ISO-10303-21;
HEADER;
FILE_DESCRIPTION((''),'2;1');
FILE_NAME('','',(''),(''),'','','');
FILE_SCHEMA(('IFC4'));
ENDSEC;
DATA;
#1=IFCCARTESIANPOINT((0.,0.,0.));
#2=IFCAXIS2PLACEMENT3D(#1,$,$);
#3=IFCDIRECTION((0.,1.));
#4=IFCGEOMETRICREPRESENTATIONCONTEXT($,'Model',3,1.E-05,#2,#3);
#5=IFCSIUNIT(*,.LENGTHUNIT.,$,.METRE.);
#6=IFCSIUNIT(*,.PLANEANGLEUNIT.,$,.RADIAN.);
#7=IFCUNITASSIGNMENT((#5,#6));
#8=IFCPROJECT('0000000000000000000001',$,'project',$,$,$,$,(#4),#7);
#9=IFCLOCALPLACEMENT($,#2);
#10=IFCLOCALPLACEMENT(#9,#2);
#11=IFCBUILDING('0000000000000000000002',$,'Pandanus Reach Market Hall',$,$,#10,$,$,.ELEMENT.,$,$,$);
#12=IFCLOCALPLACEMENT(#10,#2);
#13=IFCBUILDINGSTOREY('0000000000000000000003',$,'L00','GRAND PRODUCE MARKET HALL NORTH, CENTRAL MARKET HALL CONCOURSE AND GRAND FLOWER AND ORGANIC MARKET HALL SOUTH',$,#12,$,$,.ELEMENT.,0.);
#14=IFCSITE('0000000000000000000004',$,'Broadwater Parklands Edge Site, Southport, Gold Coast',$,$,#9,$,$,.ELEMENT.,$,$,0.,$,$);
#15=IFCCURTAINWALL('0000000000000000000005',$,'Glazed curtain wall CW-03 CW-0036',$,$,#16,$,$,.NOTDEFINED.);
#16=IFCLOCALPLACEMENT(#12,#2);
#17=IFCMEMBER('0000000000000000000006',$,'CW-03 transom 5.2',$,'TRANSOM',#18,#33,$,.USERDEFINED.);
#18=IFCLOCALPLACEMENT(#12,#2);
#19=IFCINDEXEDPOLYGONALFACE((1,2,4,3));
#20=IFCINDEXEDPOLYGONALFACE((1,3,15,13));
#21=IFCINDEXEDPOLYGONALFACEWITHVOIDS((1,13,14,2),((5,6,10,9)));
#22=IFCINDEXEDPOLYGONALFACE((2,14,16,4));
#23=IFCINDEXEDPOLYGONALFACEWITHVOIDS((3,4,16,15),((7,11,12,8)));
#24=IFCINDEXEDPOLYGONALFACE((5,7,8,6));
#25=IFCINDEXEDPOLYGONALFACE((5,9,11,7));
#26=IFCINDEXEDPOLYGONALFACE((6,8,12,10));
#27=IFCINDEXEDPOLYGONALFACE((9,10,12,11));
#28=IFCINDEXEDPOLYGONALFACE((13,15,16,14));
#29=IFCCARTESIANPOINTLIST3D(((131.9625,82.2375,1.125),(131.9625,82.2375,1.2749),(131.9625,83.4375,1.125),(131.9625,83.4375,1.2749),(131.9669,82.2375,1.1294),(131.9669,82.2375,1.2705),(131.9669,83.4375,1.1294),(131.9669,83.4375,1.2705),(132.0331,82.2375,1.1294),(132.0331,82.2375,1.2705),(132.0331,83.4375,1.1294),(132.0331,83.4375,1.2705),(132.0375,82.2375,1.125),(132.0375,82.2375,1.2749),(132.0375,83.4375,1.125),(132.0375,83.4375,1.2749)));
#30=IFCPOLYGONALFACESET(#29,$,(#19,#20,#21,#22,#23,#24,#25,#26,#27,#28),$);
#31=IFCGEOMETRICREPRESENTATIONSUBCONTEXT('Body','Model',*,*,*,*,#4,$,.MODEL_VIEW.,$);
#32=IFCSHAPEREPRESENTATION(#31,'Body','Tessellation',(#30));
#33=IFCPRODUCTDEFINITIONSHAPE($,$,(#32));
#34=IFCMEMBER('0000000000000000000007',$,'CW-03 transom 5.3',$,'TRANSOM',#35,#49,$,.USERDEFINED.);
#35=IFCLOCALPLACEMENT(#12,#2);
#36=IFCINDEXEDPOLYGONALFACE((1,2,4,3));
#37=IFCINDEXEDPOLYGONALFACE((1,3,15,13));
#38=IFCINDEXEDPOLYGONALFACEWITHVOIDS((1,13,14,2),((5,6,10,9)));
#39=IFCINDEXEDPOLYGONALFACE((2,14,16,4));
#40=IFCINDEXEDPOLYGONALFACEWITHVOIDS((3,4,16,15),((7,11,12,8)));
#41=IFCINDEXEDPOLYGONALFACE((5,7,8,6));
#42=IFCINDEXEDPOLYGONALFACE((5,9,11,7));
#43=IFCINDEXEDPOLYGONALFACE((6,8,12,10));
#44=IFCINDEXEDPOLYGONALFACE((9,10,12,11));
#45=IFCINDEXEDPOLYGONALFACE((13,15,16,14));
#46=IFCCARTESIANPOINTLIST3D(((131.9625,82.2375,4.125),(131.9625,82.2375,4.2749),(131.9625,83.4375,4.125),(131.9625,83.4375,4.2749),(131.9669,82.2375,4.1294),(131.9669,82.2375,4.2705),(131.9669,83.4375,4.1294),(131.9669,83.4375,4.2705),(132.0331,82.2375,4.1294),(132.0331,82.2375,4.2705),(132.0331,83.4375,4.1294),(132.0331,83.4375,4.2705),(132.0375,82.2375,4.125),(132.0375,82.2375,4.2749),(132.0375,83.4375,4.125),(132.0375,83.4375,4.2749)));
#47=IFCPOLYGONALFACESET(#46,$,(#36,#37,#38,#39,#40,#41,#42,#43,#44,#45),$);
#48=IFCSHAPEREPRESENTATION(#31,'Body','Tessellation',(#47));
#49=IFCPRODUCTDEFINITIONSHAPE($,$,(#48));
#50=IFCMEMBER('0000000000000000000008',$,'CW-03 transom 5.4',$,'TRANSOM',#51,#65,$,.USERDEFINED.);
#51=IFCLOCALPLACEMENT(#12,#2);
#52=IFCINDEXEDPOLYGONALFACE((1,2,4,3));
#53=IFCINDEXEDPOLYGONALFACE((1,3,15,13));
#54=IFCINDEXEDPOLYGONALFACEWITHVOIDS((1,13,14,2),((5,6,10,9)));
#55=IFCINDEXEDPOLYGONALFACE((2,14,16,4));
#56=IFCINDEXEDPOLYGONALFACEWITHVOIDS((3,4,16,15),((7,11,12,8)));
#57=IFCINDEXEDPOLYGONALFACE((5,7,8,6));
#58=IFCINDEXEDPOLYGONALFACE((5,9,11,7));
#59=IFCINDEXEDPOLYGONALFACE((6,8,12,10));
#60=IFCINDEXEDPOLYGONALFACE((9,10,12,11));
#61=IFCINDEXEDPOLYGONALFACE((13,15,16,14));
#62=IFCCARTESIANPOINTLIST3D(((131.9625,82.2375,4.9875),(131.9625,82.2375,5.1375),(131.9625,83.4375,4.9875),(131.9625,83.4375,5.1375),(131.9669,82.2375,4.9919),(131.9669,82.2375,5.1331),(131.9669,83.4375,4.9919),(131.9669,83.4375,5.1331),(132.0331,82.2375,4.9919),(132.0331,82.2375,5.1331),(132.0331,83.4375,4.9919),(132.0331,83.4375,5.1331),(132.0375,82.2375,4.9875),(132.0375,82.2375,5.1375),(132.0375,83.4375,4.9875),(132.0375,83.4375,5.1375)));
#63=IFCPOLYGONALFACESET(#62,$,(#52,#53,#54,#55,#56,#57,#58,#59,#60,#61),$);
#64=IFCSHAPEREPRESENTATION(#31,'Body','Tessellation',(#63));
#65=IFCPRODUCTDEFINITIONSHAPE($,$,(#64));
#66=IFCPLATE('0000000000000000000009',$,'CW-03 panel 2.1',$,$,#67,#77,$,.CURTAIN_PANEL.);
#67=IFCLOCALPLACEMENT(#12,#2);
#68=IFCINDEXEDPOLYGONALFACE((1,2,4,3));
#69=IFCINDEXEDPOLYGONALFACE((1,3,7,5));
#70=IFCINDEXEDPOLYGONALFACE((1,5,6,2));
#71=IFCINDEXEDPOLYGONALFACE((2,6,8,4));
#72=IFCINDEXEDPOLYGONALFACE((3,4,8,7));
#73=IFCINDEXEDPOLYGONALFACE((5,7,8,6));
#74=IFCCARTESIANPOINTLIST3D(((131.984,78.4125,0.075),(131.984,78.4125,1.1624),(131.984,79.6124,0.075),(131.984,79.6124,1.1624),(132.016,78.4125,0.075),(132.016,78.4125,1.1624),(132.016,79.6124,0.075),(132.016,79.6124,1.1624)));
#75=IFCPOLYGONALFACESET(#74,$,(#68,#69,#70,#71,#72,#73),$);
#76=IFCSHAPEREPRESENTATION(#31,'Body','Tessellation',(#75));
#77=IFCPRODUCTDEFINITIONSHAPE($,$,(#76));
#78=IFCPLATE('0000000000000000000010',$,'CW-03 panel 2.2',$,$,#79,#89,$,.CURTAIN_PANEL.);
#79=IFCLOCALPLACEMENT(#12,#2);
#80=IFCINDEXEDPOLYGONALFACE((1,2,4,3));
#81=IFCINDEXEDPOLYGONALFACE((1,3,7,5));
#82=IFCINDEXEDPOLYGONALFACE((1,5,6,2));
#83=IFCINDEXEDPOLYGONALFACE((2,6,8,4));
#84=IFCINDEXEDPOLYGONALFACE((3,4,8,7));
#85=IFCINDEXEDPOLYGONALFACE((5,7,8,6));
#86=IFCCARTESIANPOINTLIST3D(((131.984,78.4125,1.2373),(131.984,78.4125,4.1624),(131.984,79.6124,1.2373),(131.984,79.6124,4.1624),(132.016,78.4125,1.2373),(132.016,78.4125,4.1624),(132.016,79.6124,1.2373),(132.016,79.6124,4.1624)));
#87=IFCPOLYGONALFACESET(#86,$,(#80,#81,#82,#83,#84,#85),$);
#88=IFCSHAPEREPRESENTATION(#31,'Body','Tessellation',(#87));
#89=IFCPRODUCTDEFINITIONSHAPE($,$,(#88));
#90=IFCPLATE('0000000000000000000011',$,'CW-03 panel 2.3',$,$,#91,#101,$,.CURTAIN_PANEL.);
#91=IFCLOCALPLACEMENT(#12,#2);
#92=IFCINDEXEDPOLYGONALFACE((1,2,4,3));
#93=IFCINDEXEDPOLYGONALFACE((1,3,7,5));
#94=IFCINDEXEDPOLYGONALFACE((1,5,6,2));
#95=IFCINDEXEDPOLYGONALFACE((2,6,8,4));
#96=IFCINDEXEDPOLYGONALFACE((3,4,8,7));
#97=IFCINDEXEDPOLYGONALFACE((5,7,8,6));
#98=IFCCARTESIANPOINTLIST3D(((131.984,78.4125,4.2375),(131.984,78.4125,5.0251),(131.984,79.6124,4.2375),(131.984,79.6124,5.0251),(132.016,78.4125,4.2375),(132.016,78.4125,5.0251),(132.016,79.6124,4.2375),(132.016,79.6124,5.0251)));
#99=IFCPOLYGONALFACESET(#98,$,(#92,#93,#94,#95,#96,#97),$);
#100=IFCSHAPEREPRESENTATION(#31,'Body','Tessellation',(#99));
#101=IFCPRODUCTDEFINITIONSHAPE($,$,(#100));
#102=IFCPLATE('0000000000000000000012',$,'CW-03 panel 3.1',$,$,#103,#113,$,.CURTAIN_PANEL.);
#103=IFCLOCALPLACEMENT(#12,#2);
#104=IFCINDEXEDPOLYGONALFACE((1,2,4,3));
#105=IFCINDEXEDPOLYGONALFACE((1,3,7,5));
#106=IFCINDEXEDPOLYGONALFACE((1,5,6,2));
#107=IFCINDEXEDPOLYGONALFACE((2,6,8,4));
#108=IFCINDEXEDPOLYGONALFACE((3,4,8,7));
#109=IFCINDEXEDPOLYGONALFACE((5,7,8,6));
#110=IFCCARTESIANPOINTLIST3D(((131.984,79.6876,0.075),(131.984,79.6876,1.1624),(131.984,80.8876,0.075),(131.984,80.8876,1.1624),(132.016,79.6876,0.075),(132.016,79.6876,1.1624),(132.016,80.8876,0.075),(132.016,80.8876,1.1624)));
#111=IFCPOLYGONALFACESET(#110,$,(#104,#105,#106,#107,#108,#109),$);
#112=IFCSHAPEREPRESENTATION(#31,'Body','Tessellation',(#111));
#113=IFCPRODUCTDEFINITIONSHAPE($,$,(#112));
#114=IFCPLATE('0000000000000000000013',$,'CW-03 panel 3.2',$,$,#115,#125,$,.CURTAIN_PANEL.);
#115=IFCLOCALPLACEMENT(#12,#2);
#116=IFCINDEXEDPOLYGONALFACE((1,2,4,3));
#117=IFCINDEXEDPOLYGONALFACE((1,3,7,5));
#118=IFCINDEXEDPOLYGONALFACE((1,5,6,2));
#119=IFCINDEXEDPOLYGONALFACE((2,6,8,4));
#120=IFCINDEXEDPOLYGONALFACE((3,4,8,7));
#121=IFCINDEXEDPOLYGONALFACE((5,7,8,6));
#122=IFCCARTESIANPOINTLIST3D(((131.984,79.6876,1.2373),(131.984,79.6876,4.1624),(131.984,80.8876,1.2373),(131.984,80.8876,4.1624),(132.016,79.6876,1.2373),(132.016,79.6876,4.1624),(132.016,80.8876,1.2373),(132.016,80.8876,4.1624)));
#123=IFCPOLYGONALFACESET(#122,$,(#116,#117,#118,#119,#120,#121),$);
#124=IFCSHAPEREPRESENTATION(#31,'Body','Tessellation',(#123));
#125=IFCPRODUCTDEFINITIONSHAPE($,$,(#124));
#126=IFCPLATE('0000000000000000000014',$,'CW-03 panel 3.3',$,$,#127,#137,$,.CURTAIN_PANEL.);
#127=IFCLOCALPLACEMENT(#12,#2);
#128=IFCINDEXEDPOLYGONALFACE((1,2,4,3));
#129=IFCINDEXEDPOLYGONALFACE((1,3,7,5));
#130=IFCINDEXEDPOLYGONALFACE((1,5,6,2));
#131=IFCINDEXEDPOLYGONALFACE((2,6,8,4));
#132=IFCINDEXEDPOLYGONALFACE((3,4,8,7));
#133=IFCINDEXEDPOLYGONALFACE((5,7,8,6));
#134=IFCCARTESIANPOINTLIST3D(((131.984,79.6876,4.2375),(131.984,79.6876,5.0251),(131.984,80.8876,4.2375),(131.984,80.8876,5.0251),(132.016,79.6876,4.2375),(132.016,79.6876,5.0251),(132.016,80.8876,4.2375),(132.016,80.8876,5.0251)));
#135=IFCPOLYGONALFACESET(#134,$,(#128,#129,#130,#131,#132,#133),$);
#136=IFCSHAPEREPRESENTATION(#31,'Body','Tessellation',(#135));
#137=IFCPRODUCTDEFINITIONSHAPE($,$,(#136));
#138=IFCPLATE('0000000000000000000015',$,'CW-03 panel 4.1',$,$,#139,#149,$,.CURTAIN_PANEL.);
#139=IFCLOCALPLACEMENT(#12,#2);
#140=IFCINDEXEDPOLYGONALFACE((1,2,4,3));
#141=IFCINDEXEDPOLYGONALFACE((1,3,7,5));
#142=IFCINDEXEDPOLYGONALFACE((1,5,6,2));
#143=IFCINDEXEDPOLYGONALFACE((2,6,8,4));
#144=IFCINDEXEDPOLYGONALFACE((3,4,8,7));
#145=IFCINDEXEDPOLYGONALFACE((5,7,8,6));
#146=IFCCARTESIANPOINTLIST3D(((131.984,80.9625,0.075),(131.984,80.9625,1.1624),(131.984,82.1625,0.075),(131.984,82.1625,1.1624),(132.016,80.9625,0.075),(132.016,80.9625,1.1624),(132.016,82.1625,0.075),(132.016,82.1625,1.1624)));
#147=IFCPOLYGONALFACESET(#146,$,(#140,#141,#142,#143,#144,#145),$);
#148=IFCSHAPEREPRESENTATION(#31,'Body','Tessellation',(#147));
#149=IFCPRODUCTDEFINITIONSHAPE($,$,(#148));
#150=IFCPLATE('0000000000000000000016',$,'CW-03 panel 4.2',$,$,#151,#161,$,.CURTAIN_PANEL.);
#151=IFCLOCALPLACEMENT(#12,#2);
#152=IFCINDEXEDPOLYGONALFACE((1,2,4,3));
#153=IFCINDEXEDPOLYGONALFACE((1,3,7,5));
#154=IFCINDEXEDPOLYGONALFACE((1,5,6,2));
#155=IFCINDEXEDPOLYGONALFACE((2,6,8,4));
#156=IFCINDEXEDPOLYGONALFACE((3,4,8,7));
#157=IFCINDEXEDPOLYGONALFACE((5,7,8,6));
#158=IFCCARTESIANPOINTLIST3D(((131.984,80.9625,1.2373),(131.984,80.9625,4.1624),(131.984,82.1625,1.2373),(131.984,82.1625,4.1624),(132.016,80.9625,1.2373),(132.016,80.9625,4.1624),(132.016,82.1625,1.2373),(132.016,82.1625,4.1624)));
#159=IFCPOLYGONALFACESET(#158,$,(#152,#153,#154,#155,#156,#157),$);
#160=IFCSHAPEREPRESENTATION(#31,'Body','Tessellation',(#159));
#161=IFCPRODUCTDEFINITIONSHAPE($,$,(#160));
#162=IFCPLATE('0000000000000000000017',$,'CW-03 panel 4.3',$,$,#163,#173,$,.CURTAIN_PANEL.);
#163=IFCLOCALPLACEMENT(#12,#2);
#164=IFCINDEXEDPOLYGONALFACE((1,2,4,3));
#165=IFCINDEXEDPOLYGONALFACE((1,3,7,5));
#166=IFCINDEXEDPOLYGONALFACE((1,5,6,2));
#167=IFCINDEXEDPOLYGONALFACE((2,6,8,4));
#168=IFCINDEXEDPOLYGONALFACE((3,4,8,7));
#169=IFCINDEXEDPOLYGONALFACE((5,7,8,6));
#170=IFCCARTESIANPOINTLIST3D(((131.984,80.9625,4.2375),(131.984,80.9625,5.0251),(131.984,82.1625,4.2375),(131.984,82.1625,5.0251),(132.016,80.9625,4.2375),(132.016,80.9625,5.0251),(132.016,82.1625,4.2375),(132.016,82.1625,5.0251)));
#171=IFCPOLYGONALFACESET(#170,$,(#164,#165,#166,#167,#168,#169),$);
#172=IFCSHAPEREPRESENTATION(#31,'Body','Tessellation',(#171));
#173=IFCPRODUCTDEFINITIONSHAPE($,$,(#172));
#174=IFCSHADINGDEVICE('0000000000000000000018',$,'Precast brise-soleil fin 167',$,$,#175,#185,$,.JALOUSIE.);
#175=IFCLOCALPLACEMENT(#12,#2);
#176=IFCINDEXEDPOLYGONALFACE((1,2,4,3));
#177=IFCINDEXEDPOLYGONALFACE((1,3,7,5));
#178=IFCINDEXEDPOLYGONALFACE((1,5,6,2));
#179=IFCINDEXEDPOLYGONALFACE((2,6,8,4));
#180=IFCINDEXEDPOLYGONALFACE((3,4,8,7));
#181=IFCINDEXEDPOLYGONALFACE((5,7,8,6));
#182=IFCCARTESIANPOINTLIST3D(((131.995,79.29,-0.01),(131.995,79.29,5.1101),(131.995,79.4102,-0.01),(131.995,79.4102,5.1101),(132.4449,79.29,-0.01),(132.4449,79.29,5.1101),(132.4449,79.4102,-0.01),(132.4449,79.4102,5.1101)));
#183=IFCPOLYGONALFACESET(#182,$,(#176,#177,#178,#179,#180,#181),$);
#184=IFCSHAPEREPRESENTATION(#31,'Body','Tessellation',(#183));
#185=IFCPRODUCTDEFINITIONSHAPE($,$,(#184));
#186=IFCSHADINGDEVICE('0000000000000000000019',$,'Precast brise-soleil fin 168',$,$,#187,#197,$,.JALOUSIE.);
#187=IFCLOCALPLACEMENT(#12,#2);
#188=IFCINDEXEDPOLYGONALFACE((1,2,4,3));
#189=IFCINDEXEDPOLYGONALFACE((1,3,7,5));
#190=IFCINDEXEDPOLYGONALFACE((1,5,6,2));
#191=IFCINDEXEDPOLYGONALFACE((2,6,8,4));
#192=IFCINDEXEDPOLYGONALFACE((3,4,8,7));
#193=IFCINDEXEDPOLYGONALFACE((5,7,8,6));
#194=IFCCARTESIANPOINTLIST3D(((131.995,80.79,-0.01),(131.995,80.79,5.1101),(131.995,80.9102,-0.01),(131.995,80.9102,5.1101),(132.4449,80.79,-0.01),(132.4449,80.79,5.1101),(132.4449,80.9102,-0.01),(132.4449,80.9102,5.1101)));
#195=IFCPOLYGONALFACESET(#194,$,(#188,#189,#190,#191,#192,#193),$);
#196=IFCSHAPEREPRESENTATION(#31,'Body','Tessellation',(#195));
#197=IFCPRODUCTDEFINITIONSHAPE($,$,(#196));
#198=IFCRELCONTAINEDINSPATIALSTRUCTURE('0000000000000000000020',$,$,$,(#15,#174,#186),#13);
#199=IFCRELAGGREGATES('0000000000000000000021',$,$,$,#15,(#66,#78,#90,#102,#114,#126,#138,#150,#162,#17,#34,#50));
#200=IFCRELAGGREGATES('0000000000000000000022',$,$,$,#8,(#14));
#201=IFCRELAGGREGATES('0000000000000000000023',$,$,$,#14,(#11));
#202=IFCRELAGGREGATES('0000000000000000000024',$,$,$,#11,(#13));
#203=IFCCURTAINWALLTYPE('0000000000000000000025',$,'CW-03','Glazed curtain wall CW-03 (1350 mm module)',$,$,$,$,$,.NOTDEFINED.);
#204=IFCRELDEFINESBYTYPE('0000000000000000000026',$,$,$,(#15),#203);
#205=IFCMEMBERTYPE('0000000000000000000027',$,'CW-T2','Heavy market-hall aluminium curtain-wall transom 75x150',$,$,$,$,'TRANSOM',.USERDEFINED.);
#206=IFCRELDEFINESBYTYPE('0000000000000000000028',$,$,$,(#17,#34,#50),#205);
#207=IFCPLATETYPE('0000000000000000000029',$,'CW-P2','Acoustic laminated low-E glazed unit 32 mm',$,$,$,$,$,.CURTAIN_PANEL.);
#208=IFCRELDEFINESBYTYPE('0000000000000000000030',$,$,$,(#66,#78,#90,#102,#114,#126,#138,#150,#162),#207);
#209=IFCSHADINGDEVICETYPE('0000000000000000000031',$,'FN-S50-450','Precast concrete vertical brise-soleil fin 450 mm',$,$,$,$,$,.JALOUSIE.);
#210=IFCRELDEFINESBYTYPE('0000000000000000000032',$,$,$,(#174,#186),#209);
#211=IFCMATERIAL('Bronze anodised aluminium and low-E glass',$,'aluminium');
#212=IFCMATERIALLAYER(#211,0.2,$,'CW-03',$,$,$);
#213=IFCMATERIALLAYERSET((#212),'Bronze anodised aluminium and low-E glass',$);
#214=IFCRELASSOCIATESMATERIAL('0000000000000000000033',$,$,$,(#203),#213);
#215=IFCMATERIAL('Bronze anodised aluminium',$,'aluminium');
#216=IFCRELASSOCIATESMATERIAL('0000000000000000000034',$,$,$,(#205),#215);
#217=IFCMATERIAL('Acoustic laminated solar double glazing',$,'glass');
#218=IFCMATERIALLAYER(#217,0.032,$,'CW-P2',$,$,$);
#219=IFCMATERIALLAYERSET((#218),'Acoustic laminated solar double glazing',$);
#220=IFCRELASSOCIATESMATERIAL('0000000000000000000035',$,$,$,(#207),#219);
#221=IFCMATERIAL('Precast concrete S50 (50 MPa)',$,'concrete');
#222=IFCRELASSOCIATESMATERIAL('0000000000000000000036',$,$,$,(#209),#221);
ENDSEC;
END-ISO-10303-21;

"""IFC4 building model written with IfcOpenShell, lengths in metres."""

from ifc_helpers import new_model, si_unit, direction, frame, origin, origin_2d, place, context, subcontext, project, spatial, rectangle, hollow_rectangle, extrude, material, layer, layer_set, material_profile, profile_set, type_object, element, aggregate, save


model = new_model("IFC4")

# Units and contexts
model_context = context("Model", 3, precision=1e-05, world=origin(), true_north=direction((0.0, 1.0)))
body_context = subcontext(model_context, "Body", "Model", "MODEL_VIEW")
ifc_project = project(units=[si_unit("LENGTHUNIT", "METRE"), si_unit("PLANEANGLEUNIT", "RADIAN")], contexts=[model_context])

# Site, building, storey
site_placement = place(None, origin())
site = spatial("IfcSite", under=ifc_project, at=site_placement, Name="Broadwater Parklands Edge Site, Southport, Gold Coast", CompositionType="ELEMENT", RefElevation=0.0)
building_placement = place(site_placement, origin())
building = spatial("IfcBuilding", under=site, at=building_placement, Name="Pandanus Reach Market Hall", CompositionType="ELEMENT")
storey_placement = place(building_placement, origin())
storey = spatial("IfcBuildingStorey", under=building, at=storey_placement, Name="L00", Description="GRAND PRODUCE MARKET HALL NORTH, CENTRAL MARKET HALL CONCOURSE AND GRAND FLOWER AND ORGANIC MARKET HALL SOUTH", CompositionType="ELEMENT", Elevation=0.0)

# Shared definitions
ifc_material_1 = material(Name="Bronze anodised aluminium and low-E glass", Category="aluminium")
ifc_material_2 = material(Name="Bronze anodised aluminium", Category="aluminium")

# Curtain wall
ifc_layer_1 = layer(ifc_material_1, 0.2, Name="CW-03")
ifc_layer_set_1 = layer_set([ifc_layer_1], Name="Bronze anodised aluminium and low-E glass")
curtain_wall_type_1 = type_object("IfcCurtainWallType", Name="CW-03", Description="Glazed curtain wall CW-03 (1350 mm module)", PredefinedType="NOTDEFINED", material=ifc_layer_set_1)
curtain_wall_1_placement = place(storey_placement, origin())
curtain_wall_1 = element("IfcCurtainWall", 1, at=curtain_wall_1_placement, inside=storey, type_object=curtain_wall_type_1, Name="Glazed curtain wall CW-03 CW-0036", PredefinedType="NOTDEFINED")

# Members
ifc_material_profile_1 = material_profile(ifc_material_2, hollow_rectangle(XDim=0.075, YDim=0.1499, WallThickness=0.0044, at=origin_2d()), Name="ALU75x150", Category="LoadBearing")
ifc_profile_set_1 = profile_set([ifc_material_profile_1], Name="Bronze anodised aluminium")
member_type_1 = type_object("IfcMemberType", Name="CW-T2", Description="Heavy market-hall aluminium curtain-wall transom 75x150", ElementType="TRANSOM", PredefinedType="USERDEFINED", material=ifc_profile_set_1)
member_1_placement = place(storey_placement, frame((132.0, 82.2375, 1.2), z_axis=(0.0, 1.0, 0.0), x_axis=(-1.0, 0.0, 0.0)))
member_1 = element("IfcMember", 2, at=member_1_placement, type_object=member_type_1, Name="CW-03 transom 5.2", ObjectType="TRANSOM", PredefinedType="USERDEFINED", context=body_context, shape_type="SweptSolid", body=[
    extrude(hollow_rectangle(XDim=0.075, YDim=0.1499, WallThickness=0.0044, at=origin_2d()), origin(), (0.0, 0.0, 1.0), 1.2),
])
member_2_placement = place(storey_placement, frame((132.0, 82.2375, 4.2), z_axis=(0.0, 1.0, 0.0), x_axis=(-1.0, 0.0, 0.0)))
member_2 = element("IfcMember", 3, at=member_2_placement, type_object=member_type_1, Name="CW-03 transom 5.3", ObjectType="TRANSOM", PredefinedType="USERDEFINED", context=body_context, shape_type="SweptSolid", body=[
    extrude(hollow_rectangle(XDim=0.075, YDim=0.1499, WallThickness=0.0044, at=origin_2d()), origin(), (0.0, 0.0, 1.0), 1.2),
])
member_3_placement = place(storey_placement, frame((132.0, 82.2375, 5.0625), z_axis=(0.0, 1.0, 0.0), x_axis=(-1.0, 0.0, 0.0)))
member_3 = element("IfcMember", 4, at=member_3_placement, type_object=member_type_1, Name="CW-03 transom 5.4", ObjectType="TRANSOM", PredefinedType="USERDEFINED", context=body_context, shape_type="SweptSolid", body=[
    extrude(hollow_rectangle(XDim=0.075, YDim=0.1499, WallThickness=0.0044, at=origin_2d()), origin(), (0.0, 0.0, 1.0), 1.2),
])

# Plates
ifc_material_3 = material(Name="Acoustic laminated solar double glazing", Category="glass")
ifc_layer_2 = layer(ifc_material_3, 0.032, Name="CW-P2")
ifc_layer_set_2 = layer_set([ifc_layer_2], Name="Acoustic laminated solar double glazing")
plate_type = type_object("IfcPlateType", Name="CW-P2", Description="Acoustic laminated low-E glazed unit 32 mm", PredefinedType="CURTAIN_PANEL", material=ifc_layer_set_2)
plate_1_placement = place(storey_placement, frame((132.0, 79.0125, 0.075), z_axis=(0.0, 0.0, 1.0), x_axis=(0.0, 1.0, 0.0)))
plate_1 = element("IfcPlate", 5, at=plate_1_placement, type_object=plate_type, Name="CW-03 panel 2.1", PredefinedType="CURTAIN_PANEL", context=body_context, shape_type="SweptSolid", body=[
    extrude(rectangle(XDim=1.2, YDim=0.032, at=origin_2d()), origin(), (0.0, 0.0, 1.0), 1.0874),
])
plate_2_placement = place(storey_placement, frame((132.0, 79.0125, 1.2373), z_axis=(0.0, 0.0, 1.0), x_axis=(0.0, 1.0, 0.0)))
plate_2 = element("IfcPlate", 6, at=plate_2_placement, type_object=plate_type, Name="CW-03 panel 2.2", PredefinedType="CURTAIN_PANEL", context=body_context, shape_type="SweptSolid", body=[
    extrude(rectangle(XDim=1.2, YDim=0.032, at=origin_2d()), origin(), (0.0, 0.0, 1.0), 2.925),
])
plate_3_placement = place(storey_placement, frame((132.0, 79.0125, 4.2375), z_axis=(0.0, 0.0, 1.0), x_axis=(0.0, 1.0, 0.0)))
plate_3 = element("IfcPlate", 7, at=plate_3_placement, type_object=plate_type, Name="CW-03 panel 2.3", PredefinedType="CURTAIN_PANEL", context=body_context, shape_type="SweptSolid", body=[
    extrude(rectangle(XDim=1.2, YDim=0.032, at=origin_2d()), origin(), (0.0, 0.0, 1.0), 0.7876),
])
plate_4_placement = place(storey_placement, frame((132.0, 80.2876, 0.075), z_axis=(0.0, 0.0, 1.0), x_axis=(0.0, 1.0, 0.0)))
plate_4 = element("IfcPlate", 8, at=plate_4_placement, type_object=plate_type, Name="CW-03 panel 3.1", PredefinedType="CURTAIN_PANEL", context=body_context, shape_type="SweptSolid", body=[
    extrude(rectangle(XDim=1.2, YDim=0.032, at=origin_2d()), origin(), (0.0, 0.0, 1.0), 1.0874),
])
plate_5_placement = place(storey_placement, frame((132.0, 80.2876, 1.2373), z_axis=(0.0, 0.0, 1.0), x_axis=(0.0, 1.0, 0.0)))
plate_5 = element("IfcPlate", 9, at=plate_5_placement, type_object=plate_type, Name="CW-03 panel 3.2", PredefinedType="CURTAIN_PANEL", context=body_context, shape_type="SweptSolid", body=[
    extrude(rectangle(XDim=1.2, YDim=0.032, at=origin_2d()), origin(), (0.0, 0.0, 1.0), 2.925),
])
plate_6_placement = place(storey_placement, frame((132.0, 80.2876, 4.2375), z_axis=(0.0, 0.0, 1.0), x_axis=(0.0, 1.0, 0.0)))
plate_6 = element("IfcPlate", 10, at=plate_6_placement, type_object=plate_type, Name="CW-03 panel 3.3", PredefinedType="CURTAIN_PANEL", context=body_context, shape_type="SweptSolid", body=[
    extrude(rectangle(XDim=1.2, YDim=0.032, at=origin_2d()), origin(), (0.0, 0.0, 1.0), 0.7876),
])
plate_7_placement = place(storey_placement, frame((132.0, 81.5625, 0.075), z_axis=(0.0, 0.0, 1.0), x_axis=(0.0, 1.0, 0.0)))
plate_7 = element("IfcPlate", 11, at=plate_7_placement, type_object=plate_type, Name="CW-03 panel 4.1", PredefinedType="CURTAIN_PANEL", context=body_context, shape_type="SweptSolid", body=[
    extrude(rectangle(XDim=1.2, YDim=0.032, at=origin_2d()), origin(), (0.0, 0.0, 1.0), 1.0874),
])
plate_8_placement = place(storey_placement, frame((132.0, 81.5625, 1.2373), z_axis=(0.0, 0.0, 1.0), x_axis=(0.0, 1.0, 0.0)))
plate_8 = element("IfcPlate", 12, at=plate_8_placement, type_object=plate_type, Name="CW-03 panel 4.2", PredefinedType="CURTAIN_PANEL", context=body_context, shape_type="SweptSolid", body=[
    extrude(rectangle(XDim=1.2, YDim=0.032, at=origin_2d()), origin(), (0.0, 0.0, 1.0), 2.925),
])
plate_9_placement = place(storey_placement, frame((132.0, 81.5625, 4.2375), z_axis=(0.0, 0.0, 1.0), x_axis=(0.0, 1.0, 0.0)))
plate_9 = element("IfcPlate", 13, at=plate_9_placement, type_object=plate_type, Name="CW-03 panel 4.3", PredefinedType="CURTAIN_PANEL", context=body_context, shape_type="SweptSolid", body=[
    extrude(rectangle(XDim=1.2, YDim=0.032, at=origin_2d()), origin(), (0.0, 0.0, 1.0), 0.7876),
])
aggregate(curtain_wall_1, [plate_1, plate_2, plate_3, plate_4, plate_5, plate_6, plate_7, plate_8, plate_9, member_1, member_2, member_3])

# Shading devices
ifc_material_4 = material(Name="Precast concrete S50 (50 MPa)", Category="concrete")
shading_device_type = type_object("IfcShadingDeviceType", Name="FN-S50-450", Description="Precast concrete vertical brise-soleil fin 450 mm", PredefinedType="JALOUSIE", material=ifc_material_4)
for number, where, z_axis, x_axis, name in (
    (14, (132.22, 79.3501, -0.01), (0.0, 0.0, 1.0), (1.0, 0.0, 0.0), "Precast brise-soleil fin 167"),
    (15, (132.22, 80.8501, -0.01), (0.0, 0.0, 1.0), (1.0, 0.0, 0.0), "Precast brise-soleil fin 168"),
):
    element("IfcShadingDevice", number, at=place(storey_placement, frame(where, z_axis=z_axis, x_axis=x_axis)), inside=storey, type_object=shading_device_type, Name=name, PredefinedType="JALOUSIE", context=body_context, shape_type="SweptSolid", body=[
        extrude(rectangle(XDim=0.45, YDim=0.1201, at=origin_2d()), origin(), (0.0, 0.0, 1.0), 5.1201),
    ])

save(model, "model.ifc")
